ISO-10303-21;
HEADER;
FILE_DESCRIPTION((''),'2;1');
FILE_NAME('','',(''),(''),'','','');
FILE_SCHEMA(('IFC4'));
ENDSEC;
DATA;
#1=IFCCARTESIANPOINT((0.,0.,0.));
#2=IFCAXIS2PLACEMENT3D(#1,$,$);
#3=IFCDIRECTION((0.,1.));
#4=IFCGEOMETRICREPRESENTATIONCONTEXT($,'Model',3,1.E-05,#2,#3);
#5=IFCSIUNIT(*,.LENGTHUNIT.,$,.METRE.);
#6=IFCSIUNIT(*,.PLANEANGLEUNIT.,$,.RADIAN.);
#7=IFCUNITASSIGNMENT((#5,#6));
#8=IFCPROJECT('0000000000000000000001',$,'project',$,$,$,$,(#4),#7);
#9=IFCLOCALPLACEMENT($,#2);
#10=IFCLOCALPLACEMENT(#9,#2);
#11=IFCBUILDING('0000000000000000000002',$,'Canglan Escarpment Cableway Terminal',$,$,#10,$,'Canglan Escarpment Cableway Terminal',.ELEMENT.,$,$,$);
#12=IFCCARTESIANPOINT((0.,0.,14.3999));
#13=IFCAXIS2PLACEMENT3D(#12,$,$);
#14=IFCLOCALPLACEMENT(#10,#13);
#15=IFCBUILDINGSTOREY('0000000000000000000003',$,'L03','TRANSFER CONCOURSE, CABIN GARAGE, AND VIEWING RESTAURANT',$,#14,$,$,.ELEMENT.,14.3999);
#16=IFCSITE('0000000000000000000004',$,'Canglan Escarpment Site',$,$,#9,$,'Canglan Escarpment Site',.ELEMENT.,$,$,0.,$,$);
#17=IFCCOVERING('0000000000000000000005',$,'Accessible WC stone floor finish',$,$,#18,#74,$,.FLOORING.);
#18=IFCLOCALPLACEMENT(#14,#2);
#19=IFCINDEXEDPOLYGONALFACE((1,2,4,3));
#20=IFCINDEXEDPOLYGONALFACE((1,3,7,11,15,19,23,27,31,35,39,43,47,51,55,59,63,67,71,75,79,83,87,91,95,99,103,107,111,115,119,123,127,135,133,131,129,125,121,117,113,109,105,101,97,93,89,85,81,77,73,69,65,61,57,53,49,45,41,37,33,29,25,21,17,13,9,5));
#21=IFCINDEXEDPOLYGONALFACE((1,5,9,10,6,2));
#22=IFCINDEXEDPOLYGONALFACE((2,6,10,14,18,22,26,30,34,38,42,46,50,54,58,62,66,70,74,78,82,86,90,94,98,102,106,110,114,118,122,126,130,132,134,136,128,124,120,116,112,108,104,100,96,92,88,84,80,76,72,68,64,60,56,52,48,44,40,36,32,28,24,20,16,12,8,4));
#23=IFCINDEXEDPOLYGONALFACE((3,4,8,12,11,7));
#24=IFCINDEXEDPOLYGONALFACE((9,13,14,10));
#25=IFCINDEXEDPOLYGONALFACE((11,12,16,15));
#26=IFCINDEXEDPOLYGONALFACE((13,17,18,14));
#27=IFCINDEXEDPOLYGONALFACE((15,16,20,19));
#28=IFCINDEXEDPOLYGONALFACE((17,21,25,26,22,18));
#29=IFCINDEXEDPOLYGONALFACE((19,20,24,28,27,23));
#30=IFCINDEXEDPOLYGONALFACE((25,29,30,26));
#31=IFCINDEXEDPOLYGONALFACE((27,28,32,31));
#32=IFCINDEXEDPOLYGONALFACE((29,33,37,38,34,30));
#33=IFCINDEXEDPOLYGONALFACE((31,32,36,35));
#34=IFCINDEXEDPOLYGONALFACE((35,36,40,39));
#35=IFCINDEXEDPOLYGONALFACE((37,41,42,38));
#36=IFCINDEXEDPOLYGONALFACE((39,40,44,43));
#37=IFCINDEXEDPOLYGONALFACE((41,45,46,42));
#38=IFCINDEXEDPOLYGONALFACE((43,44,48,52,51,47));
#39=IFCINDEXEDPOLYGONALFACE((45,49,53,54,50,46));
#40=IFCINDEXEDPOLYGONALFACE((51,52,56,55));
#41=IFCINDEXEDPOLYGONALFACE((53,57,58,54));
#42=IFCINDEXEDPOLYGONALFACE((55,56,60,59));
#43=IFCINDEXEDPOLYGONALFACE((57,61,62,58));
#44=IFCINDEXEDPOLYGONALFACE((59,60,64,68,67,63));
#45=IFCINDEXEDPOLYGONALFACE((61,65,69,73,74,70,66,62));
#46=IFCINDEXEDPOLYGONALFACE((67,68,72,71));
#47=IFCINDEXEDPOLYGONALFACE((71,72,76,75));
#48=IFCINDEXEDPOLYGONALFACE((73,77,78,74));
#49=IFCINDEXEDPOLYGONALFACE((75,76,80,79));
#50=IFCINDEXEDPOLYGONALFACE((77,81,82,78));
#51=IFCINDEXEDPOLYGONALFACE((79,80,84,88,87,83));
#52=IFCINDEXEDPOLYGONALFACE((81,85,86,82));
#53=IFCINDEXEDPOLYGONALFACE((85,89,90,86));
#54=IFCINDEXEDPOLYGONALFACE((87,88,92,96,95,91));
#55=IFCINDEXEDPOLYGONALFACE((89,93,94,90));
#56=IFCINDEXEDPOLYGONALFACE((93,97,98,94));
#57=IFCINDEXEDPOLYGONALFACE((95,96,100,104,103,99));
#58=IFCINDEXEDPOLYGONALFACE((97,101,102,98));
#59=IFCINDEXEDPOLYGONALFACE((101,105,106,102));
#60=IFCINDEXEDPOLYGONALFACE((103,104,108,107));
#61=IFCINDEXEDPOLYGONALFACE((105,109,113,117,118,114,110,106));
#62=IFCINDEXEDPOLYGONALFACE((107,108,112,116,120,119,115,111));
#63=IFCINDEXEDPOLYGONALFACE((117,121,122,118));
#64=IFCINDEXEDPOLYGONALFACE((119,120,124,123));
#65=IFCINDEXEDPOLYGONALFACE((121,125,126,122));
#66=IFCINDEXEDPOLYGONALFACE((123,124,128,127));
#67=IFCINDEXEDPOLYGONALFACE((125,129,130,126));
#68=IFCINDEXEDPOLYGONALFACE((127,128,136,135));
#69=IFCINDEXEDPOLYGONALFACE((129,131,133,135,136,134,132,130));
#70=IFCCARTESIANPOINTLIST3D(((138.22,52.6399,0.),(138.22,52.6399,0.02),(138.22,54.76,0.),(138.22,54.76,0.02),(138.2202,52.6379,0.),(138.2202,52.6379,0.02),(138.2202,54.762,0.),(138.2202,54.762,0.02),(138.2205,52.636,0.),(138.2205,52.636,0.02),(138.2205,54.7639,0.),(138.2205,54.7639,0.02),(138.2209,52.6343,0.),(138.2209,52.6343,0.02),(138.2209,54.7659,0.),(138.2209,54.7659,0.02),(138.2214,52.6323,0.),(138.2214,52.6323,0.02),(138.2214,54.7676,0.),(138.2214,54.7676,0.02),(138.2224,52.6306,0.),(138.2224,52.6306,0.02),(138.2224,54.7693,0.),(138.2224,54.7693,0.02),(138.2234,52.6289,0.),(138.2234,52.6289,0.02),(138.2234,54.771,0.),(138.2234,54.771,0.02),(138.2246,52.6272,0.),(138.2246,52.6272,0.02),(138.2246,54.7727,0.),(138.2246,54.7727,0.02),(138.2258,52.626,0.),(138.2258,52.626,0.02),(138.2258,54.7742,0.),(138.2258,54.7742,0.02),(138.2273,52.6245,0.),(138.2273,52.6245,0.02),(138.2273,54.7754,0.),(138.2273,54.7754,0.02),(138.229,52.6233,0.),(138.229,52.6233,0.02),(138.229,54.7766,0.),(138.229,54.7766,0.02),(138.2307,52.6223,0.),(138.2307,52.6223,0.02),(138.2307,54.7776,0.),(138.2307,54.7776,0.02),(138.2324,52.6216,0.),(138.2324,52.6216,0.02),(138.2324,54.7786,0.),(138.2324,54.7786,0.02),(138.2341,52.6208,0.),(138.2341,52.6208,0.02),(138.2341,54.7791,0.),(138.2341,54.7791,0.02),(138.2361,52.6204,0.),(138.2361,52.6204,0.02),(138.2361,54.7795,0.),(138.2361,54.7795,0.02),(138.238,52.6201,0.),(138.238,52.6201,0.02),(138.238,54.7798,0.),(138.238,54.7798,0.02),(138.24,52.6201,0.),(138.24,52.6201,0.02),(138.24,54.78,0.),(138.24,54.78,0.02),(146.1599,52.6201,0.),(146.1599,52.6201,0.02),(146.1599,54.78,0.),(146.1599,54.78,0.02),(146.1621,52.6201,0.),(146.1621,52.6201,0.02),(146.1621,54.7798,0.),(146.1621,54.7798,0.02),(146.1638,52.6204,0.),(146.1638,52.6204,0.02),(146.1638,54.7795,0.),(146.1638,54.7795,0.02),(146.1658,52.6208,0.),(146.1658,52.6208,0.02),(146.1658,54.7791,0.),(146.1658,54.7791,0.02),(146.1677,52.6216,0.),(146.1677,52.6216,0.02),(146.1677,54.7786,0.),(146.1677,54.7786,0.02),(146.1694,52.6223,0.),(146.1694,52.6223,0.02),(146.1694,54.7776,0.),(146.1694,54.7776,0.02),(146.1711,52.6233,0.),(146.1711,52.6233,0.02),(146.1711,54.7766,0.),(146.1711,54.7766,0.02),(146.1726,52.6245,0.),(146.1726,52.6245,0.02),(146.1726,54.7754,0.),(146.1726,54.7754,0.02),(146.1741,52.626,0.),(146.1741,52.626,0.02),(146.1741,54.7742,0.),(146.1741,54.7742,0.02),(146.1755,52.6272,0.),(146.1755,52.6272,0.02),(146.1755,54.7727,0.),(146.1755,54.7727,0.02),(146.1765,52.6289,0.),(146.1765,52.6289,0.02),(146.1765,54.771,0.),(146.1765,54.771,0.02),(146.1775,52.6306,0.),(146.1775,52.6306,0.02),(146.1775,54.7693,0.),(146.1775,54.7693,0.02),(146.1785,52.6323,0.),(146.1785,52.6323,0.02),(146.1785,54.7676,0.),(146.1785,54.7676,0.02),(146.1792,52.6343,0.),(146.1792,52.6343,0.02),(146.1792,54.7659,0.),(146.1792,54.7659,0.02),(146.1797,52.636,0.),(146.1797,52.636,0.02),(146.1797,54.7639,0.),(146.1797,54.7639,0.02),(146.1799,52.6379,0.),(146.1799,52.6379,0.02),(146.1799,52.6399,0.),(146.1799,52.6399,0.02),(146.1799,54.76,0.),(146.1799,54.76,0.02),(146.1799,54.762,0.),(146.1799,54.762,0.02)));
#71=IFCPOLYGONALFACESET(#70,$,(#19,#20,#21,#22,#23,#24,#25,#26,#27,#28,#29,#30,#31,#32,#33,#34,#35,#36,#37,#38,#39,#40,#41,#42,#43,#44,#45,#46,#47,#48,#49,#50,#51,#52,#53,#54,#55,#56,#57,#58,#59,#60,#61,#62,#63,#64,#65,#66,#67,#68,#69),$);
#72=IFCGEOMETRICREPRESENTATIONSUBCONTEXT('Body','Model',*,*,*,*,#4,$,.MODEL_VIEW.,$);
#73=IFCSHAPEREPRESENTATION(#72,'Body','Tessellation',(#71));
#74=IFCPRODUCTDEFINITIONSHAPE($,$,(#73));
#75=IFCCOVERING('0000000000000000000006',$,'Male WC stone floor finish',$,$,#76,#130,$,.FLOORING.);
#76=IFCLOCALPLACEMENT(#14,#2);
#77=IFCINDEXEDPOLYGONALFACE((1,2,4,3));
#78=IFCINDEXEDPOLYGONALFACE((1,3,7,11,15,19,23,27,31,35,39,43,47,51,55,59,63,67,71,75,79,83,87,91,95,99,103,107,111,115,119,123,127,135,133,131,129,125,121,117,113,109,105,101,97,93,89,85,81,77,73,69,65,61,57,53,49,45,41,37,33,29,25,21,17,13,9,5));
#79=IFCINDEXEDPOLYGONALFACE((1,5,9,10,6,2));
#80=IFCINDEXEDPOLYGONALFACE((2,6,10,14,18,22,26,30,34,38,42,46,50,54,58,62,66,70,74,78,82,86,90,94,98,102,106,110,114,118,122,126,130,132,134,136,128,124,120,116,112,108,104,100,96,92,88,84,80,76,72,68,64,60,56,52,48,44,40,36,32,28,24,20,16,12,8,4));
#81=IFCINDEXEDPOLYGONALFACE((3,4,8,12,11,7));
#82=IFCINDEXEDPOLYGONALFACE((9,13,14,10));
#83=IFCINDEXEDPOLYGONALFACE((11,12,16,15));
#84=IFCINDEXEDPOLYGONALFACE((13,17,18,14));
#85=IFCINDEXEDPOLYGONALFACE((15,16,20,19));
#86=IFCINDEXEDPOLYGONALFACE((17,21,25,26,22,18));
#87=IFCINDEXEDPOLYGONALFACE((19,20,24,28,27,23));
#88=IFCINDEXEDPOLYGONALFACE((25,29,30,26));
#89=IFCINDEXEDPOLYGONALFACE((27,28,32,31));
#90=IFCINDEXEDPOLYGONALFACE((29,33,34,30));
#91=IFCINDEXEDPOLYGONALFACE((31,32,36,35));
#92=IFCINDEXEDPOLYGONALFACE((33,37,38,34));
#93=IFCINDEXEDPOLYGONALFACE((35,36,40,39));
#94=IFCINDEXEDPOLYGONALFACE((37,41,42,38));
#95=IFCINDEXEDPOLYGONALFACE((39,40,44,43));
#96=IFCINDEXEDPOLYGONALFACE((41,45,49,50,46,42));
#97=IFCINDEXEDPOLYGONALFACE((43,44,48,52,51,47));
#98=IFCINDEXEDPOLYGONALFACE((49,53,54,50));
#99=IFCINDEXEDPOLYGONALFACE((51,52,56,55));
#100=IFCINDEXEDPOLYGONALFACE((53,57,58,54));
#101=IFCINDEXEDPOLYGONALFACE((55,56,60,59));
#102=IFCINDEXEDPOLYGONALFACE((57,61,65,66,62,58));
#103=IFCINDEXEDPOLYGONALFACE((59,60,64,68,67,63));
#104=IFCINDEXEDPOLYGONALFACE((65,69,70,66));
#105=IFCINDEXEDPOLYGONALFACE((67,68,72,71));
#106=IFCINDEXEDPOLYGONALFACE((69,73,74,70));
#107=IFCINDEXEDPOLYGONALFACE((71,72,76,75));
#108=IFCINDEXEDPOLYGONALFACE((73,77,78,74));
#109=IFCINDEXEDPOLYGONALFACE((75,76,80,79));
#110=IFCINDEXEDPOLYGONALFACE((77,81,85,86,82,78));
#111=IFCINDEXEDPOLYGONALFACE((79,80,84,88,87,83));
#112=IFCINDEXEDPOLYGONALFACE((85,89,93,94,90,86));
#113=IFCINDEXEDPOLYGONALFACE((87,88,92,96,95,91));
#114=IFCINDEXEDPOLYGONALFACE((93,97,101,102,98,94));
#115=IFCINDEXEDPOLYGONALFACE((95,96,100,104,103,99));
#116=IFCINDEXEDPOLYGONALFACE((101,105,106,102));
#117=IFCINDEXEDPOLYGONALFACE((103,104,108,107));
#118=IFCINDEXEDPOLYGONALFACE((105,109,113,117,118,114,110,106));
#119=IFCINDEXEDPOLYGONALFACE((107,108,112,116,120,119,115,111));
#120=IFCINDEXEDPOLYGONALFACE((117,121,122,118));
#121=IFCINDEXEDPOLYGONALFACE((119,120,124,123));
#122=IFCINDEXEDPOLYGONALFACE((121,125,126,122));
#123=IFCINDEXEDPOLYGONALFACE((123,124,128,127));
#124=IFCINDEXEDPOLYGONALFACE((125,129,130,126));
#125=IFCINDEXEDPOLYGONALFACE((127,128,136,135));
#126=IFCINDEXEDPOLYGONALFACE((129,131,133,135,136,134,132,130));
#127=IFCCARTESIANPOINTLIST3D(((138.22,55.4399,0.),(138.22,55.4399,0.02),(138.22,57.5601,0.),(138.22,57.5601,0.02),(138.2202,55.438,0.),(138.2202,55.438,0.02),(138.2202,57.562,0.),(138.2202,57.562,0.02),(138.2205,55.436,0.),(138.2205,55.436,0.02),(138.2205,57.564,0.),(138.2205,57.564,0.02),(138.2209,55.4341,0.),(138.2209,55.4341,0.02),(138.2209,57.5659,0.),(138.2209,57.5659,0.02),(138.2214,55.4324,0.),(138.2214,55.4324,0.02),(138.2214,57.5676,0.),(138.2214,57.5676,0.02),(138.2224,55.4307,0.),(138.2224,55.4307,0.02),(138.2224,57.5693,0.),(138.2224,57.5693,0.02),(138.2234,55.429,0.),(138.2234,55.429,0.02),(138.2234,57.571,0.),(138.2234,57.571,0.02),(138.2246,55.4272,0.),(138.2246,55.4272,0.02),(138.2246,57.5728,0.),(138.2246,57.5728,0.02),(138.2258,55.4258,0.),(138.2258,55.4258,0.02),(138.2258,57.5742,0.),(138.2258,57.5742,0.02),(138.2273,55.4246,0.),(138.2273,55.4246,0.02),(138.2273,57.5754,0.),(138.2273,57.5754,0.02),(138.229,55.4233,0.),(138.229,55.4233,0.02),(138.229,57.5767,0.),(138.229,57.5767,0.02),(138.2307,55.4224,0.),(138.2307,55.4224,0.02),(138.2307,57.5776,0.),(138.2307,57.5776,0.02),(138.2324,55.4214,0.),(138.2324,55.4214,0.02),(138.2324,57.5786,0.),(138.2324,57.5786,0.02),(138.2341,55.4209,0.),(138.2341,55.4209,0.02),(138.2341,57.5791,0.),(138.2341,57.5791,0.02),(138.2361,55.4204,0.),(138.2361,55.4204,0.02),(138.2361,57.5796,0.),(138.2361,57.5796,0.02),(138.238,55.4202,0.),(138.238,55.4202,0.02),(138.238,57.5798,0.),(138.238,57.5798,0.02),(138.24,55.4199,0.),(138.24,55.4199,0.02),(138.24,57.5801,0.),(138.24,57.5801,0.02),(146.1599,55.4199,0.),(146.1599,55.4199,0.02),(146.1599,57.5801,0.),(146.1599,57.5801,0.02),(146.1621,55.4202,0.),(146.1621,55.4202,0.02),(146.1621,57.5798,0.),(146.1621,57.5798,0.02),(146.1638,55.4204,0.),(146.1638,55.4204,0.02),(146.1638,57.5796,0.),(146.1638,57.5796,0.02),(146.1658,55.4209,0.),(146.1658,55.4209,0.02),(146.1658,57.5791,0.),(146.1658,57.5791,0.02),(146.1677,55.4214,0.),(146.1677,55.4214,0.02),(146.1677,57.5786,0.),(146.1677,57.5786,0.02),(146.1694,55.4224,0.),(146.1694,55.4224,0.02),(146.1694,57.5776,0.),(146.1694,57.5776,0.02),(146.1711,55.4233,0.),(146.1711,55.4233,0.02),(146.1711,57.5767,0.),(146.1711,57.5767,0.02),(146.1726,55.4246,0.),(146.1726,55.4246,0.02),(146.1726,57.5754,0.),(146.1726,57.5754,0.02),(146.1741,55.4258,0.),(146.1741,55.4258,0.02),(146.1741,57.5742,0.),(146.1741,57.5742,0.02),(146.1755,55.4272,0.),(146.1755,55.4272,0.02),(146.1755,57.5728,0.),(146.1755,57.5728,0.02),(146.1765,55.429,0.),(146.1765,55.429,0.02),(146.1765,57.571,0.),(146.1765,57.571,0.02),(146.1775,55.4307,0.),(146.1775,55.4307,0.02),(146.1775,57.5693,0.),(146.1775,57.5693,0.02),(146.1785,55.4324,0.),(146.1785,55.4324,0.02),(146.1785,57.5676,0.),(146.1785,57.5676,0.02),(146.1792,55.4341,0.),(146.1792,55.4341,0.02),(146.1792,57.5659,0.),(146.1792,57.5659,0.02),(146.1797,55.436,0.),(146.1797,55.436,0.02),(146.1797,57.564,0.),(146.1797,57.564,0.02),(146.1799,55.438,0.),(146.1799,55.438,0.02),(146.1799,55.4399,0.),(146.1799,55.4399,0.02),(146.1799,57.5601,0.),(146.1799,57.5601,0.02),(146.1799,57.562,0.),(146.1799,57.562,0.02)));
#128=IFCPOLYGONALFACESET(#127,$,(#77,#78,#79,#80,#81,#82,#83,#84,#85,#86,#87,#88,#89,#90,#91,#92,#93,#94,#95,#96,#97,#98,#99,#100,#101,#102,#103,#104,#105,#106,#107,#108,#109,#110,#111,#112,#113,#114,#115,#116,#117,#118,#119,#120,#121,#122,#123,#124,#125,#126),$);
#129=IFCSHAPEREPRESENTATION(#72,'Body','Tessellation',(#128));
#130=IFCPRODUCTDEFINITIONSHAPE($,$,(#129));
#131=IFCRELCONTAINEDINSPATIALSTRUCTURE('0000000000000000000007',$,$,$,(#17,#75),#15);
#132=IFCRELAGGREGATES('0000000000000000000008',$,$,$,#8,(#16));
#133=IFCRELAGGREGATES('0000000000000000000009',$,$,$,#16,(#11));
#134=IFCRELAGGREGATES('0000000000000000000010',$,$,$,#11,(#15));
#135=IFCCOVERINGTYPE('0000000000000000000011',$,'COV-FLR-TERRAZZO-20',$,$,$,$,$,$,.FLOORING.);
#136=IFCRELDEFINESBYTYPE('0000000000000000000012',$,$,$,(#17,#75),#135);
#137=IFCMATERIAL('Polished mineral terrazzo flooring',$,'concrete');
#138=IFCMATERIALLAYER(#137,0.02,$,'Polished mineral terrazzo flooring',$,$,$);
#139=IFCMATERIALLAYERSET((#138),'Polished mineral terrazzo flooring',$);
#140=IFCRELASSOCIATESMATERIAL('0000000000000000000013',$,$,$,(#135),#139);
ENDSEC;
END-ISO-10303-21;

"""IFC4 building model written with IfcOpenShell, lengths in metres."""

from ifc_helpers import new_model, si_unit, direction, frame, origin, place, context, subcontext, project, spatial, polyline, outline, extrude, material, layer, layer_set, type_object, element, save


model = new_model("IFC4")

# Units and contexts
model_context = context("Model", 3, precision=1e-05, world=origin(), true_north=direction((0.0, 1.0)))
body_context = subcontext(model_context, "Body", "Model", "MODEL_VIEW")
ifc_project = project(units=[si_unit("LENGTHUNIT", "METRE"), si_unit("PLANEANGLEUNIT", "RADIAN")], contexts=[model_context])

# Site, building, storey
site_placement = place(None, origin())
site = spatial("IfcSite", under=ifc_project, at=site_placement, Name="Canglan Escarpment Site", LongName="Canglan Escarpment Site", CompositionType="ELEMENT", RefElevation=0.0)
building_placement = place(site_placement, origin())
building = spatial("IfcBuilding", under=site, at=building_placement, Name="Canglan Escarpment Cableway Terminal", LongName="Canglan Escarpment Cableway Terminal", CompositionType="ELEMENT")
storey_placement = place(building_placement, frame((0.0, 0.0, 14.3999)))
storey = spatial("IfcBuildingStorey", under=building, at=storey_placement, Name="L03", Description="TRANSFER CONCOURSE, CABIN GARAGE, AND VIEWING RESTAURANT", CompositionType="ELEMENT", Elevation=14.3999)

# Coverings
ifc_material_1 = material(Name="Polished mineral terrazzo flooring", Category="concrete")
ifc_layer_1 = layer(ifc_material_1, 0.02, Name="Polished mineral terrazzo flooring")
ifc_layer_set_1 = layer_set([ifc_layer_1], Name="Polished mineral terrazzo flooring")
covering_type_1 = type_object("IfcCoveringType", Name="COV-FLR-TERRAZZO-20", PredefinedType="FLOORING", material=ifc_layer_set_1)
covering_1_placement = place(storey_placement, origin())
element("IfcCovering", 1, at=covering_1_placement, inside=storey, type_object=covering_type_1, Name="Accessible WC stone floor finish", PredefinedType="FLOORING", context=body_context, shape_type="SweptSolid", body=[
    extrude(outline(polyline([(138.24, 52.6201), (138.238, 52.6201), (138.2361, 52.6204), (138.2341, 52.6208), (138.2324, 52.6216), (138.2307, 52.6223), (138.229, 52.6233), (138.2273, 52.6245), (138.2258, 52.626), (138.2246, 52.6272), (138.2234, 52.6289), (138.2224, 52.6306), (138.2214, 52.6323), (138.2209, 52.6343), (138.2205, 52.636), (138.2202, 52.6379), (138.22, 52.6399), (138.22, 54.76), (138.2202, 54.762), (138.2205, 54.7639), (138.2209, 54.7659), (138.2214, 54.7676), (138.2224, 54.7693), (138.2234, 54.771), (138.2246, 54.7727), (138.2258, 54.7742), (138.2273, 54.7754), (138.229, 54.7766), (138.2307, 54.7776), (138.2324, 54.7786), (138.2341, 54.7791), (138.2361, 54.7795), (138.238, 54.7798), (138.24, 54.78), (146.1599, 54.78), (146.1621, 54.7798), (146.1638, 54.7795), (146.1658, 54.7791), (146.1677, 54.7786), (146.1694, 54.7776), (146.1711, 54.7766), (146.1726, 54.7754), (146.1741, 54.7742), (146.1755, 54.7727), (146.1765, 54.771), (146.1775, 54.7693), (146.1785, 54.7676), (146.1792, 54.7659), (146.1797, 54.7639), (146.1799, 54.762), (146.1799, 54.76), (146.1799, 52.6399), (146.1799, 52.6379), (146.1797, 52.636), (146.1792, 52.6343), (146.1785, 52.6323), (146.1775, 52.6306), (146.1765, 52.6289), (146.1755, 52.6272), (146.1741, 52.626), (146.1726, 52.6245), (146.1711, 52.6233), (146.1694, 52.6223), (146.1677, 52.6216), (146.1658, 52.6208), (146.1638, 52.6204), (146.1621, 52.6201), (146.1599, 52.6201), (138.24, 52.6201)])), origin(), (0.0, 0.0, 1.0), 0.02),
])
covering_2_placement = place(storey_placement, origin())
element("IfcCovering", 2, at=covering_2_placement, inside=storey, type_object=covering_type_1, Name="Male WC stone floor finish", PredefinedType="FLOORING", context=body_context, shape_type="SweptSolid", body=[
    extrude(outline(polyline([(138.22, 57.5601), (138.2202, 57.562), (138.2205, 57.564), (138.2209, 57.5659), (138.2214, 57.5676), (138.2224, 57.5693), (138.2234, 57.571), (138.2246, 57.5728), (138.2258, 57.5742), (138.2273, 57.5754), (138.229, 57.5767), (138.2307, 57.5776), (138.2324, 57.5786), (138.2341, 57.5791), (138.2361, 57.5796), (138.238, 57.5798), (138.24, 57.5801), (146.1599, 57.5801), (146.1621, 57.5798), (146.1638, 57.5796), (146.1658, 57.5791), (146.1677, 57.5786), (146.1694, 57.5776), (146.1711, 57.5767), (146.1726, 57.5754), (146.1741, 57.5742), (146.1755, 57.5728), (146.1765, 57.571), (146.1775, 57.5693), (146.1785, 57.5676), (146.1792, 57.5659), (146.1797, 57.564), (146.1799, 57.562), (146.1799, 57.5601), (146.1799, 55.4399), (146.1799, 55.438), (146.1797, 55.436), (146.1792, 55.4341), (146.1785, 55.4324), (146.1775, 55.4307), (146.1765, 55.429), (146.1755, 55.4272), (146.1741, 55.4258), (146.1726, 55.4246), (146.1711, 55.4233), (146.1694, 55.4224), (146.1677, 55.4214), (146.1658, 55.4209), (146.1638, 55.4204), (146.1621, 55.4202), (146.1599, 55.4199), (138.24, 55.4199), (138.238, 55.4202), (138.2361, 55.4204), (138.2341, 55.4209), (138.2324, 55.4214), (138.2307, 55.4224), (138.229, 55.4233), (138.2273, 55.4246), (138.2258, 55.4258), (138.2246, 55.4272), (138.2234, 55.429), (138.2224, 55.4307), (138.2214, 55.4324), (138.2209, 55.4341), (138.2205, 55.436), (138.2202, 55.438), (138.22, 55.4399), (138.22, 57.5601)])), origin(), (0.0, 0.0, 1.0), 0.02),
])

save(model, "model.ifc")
